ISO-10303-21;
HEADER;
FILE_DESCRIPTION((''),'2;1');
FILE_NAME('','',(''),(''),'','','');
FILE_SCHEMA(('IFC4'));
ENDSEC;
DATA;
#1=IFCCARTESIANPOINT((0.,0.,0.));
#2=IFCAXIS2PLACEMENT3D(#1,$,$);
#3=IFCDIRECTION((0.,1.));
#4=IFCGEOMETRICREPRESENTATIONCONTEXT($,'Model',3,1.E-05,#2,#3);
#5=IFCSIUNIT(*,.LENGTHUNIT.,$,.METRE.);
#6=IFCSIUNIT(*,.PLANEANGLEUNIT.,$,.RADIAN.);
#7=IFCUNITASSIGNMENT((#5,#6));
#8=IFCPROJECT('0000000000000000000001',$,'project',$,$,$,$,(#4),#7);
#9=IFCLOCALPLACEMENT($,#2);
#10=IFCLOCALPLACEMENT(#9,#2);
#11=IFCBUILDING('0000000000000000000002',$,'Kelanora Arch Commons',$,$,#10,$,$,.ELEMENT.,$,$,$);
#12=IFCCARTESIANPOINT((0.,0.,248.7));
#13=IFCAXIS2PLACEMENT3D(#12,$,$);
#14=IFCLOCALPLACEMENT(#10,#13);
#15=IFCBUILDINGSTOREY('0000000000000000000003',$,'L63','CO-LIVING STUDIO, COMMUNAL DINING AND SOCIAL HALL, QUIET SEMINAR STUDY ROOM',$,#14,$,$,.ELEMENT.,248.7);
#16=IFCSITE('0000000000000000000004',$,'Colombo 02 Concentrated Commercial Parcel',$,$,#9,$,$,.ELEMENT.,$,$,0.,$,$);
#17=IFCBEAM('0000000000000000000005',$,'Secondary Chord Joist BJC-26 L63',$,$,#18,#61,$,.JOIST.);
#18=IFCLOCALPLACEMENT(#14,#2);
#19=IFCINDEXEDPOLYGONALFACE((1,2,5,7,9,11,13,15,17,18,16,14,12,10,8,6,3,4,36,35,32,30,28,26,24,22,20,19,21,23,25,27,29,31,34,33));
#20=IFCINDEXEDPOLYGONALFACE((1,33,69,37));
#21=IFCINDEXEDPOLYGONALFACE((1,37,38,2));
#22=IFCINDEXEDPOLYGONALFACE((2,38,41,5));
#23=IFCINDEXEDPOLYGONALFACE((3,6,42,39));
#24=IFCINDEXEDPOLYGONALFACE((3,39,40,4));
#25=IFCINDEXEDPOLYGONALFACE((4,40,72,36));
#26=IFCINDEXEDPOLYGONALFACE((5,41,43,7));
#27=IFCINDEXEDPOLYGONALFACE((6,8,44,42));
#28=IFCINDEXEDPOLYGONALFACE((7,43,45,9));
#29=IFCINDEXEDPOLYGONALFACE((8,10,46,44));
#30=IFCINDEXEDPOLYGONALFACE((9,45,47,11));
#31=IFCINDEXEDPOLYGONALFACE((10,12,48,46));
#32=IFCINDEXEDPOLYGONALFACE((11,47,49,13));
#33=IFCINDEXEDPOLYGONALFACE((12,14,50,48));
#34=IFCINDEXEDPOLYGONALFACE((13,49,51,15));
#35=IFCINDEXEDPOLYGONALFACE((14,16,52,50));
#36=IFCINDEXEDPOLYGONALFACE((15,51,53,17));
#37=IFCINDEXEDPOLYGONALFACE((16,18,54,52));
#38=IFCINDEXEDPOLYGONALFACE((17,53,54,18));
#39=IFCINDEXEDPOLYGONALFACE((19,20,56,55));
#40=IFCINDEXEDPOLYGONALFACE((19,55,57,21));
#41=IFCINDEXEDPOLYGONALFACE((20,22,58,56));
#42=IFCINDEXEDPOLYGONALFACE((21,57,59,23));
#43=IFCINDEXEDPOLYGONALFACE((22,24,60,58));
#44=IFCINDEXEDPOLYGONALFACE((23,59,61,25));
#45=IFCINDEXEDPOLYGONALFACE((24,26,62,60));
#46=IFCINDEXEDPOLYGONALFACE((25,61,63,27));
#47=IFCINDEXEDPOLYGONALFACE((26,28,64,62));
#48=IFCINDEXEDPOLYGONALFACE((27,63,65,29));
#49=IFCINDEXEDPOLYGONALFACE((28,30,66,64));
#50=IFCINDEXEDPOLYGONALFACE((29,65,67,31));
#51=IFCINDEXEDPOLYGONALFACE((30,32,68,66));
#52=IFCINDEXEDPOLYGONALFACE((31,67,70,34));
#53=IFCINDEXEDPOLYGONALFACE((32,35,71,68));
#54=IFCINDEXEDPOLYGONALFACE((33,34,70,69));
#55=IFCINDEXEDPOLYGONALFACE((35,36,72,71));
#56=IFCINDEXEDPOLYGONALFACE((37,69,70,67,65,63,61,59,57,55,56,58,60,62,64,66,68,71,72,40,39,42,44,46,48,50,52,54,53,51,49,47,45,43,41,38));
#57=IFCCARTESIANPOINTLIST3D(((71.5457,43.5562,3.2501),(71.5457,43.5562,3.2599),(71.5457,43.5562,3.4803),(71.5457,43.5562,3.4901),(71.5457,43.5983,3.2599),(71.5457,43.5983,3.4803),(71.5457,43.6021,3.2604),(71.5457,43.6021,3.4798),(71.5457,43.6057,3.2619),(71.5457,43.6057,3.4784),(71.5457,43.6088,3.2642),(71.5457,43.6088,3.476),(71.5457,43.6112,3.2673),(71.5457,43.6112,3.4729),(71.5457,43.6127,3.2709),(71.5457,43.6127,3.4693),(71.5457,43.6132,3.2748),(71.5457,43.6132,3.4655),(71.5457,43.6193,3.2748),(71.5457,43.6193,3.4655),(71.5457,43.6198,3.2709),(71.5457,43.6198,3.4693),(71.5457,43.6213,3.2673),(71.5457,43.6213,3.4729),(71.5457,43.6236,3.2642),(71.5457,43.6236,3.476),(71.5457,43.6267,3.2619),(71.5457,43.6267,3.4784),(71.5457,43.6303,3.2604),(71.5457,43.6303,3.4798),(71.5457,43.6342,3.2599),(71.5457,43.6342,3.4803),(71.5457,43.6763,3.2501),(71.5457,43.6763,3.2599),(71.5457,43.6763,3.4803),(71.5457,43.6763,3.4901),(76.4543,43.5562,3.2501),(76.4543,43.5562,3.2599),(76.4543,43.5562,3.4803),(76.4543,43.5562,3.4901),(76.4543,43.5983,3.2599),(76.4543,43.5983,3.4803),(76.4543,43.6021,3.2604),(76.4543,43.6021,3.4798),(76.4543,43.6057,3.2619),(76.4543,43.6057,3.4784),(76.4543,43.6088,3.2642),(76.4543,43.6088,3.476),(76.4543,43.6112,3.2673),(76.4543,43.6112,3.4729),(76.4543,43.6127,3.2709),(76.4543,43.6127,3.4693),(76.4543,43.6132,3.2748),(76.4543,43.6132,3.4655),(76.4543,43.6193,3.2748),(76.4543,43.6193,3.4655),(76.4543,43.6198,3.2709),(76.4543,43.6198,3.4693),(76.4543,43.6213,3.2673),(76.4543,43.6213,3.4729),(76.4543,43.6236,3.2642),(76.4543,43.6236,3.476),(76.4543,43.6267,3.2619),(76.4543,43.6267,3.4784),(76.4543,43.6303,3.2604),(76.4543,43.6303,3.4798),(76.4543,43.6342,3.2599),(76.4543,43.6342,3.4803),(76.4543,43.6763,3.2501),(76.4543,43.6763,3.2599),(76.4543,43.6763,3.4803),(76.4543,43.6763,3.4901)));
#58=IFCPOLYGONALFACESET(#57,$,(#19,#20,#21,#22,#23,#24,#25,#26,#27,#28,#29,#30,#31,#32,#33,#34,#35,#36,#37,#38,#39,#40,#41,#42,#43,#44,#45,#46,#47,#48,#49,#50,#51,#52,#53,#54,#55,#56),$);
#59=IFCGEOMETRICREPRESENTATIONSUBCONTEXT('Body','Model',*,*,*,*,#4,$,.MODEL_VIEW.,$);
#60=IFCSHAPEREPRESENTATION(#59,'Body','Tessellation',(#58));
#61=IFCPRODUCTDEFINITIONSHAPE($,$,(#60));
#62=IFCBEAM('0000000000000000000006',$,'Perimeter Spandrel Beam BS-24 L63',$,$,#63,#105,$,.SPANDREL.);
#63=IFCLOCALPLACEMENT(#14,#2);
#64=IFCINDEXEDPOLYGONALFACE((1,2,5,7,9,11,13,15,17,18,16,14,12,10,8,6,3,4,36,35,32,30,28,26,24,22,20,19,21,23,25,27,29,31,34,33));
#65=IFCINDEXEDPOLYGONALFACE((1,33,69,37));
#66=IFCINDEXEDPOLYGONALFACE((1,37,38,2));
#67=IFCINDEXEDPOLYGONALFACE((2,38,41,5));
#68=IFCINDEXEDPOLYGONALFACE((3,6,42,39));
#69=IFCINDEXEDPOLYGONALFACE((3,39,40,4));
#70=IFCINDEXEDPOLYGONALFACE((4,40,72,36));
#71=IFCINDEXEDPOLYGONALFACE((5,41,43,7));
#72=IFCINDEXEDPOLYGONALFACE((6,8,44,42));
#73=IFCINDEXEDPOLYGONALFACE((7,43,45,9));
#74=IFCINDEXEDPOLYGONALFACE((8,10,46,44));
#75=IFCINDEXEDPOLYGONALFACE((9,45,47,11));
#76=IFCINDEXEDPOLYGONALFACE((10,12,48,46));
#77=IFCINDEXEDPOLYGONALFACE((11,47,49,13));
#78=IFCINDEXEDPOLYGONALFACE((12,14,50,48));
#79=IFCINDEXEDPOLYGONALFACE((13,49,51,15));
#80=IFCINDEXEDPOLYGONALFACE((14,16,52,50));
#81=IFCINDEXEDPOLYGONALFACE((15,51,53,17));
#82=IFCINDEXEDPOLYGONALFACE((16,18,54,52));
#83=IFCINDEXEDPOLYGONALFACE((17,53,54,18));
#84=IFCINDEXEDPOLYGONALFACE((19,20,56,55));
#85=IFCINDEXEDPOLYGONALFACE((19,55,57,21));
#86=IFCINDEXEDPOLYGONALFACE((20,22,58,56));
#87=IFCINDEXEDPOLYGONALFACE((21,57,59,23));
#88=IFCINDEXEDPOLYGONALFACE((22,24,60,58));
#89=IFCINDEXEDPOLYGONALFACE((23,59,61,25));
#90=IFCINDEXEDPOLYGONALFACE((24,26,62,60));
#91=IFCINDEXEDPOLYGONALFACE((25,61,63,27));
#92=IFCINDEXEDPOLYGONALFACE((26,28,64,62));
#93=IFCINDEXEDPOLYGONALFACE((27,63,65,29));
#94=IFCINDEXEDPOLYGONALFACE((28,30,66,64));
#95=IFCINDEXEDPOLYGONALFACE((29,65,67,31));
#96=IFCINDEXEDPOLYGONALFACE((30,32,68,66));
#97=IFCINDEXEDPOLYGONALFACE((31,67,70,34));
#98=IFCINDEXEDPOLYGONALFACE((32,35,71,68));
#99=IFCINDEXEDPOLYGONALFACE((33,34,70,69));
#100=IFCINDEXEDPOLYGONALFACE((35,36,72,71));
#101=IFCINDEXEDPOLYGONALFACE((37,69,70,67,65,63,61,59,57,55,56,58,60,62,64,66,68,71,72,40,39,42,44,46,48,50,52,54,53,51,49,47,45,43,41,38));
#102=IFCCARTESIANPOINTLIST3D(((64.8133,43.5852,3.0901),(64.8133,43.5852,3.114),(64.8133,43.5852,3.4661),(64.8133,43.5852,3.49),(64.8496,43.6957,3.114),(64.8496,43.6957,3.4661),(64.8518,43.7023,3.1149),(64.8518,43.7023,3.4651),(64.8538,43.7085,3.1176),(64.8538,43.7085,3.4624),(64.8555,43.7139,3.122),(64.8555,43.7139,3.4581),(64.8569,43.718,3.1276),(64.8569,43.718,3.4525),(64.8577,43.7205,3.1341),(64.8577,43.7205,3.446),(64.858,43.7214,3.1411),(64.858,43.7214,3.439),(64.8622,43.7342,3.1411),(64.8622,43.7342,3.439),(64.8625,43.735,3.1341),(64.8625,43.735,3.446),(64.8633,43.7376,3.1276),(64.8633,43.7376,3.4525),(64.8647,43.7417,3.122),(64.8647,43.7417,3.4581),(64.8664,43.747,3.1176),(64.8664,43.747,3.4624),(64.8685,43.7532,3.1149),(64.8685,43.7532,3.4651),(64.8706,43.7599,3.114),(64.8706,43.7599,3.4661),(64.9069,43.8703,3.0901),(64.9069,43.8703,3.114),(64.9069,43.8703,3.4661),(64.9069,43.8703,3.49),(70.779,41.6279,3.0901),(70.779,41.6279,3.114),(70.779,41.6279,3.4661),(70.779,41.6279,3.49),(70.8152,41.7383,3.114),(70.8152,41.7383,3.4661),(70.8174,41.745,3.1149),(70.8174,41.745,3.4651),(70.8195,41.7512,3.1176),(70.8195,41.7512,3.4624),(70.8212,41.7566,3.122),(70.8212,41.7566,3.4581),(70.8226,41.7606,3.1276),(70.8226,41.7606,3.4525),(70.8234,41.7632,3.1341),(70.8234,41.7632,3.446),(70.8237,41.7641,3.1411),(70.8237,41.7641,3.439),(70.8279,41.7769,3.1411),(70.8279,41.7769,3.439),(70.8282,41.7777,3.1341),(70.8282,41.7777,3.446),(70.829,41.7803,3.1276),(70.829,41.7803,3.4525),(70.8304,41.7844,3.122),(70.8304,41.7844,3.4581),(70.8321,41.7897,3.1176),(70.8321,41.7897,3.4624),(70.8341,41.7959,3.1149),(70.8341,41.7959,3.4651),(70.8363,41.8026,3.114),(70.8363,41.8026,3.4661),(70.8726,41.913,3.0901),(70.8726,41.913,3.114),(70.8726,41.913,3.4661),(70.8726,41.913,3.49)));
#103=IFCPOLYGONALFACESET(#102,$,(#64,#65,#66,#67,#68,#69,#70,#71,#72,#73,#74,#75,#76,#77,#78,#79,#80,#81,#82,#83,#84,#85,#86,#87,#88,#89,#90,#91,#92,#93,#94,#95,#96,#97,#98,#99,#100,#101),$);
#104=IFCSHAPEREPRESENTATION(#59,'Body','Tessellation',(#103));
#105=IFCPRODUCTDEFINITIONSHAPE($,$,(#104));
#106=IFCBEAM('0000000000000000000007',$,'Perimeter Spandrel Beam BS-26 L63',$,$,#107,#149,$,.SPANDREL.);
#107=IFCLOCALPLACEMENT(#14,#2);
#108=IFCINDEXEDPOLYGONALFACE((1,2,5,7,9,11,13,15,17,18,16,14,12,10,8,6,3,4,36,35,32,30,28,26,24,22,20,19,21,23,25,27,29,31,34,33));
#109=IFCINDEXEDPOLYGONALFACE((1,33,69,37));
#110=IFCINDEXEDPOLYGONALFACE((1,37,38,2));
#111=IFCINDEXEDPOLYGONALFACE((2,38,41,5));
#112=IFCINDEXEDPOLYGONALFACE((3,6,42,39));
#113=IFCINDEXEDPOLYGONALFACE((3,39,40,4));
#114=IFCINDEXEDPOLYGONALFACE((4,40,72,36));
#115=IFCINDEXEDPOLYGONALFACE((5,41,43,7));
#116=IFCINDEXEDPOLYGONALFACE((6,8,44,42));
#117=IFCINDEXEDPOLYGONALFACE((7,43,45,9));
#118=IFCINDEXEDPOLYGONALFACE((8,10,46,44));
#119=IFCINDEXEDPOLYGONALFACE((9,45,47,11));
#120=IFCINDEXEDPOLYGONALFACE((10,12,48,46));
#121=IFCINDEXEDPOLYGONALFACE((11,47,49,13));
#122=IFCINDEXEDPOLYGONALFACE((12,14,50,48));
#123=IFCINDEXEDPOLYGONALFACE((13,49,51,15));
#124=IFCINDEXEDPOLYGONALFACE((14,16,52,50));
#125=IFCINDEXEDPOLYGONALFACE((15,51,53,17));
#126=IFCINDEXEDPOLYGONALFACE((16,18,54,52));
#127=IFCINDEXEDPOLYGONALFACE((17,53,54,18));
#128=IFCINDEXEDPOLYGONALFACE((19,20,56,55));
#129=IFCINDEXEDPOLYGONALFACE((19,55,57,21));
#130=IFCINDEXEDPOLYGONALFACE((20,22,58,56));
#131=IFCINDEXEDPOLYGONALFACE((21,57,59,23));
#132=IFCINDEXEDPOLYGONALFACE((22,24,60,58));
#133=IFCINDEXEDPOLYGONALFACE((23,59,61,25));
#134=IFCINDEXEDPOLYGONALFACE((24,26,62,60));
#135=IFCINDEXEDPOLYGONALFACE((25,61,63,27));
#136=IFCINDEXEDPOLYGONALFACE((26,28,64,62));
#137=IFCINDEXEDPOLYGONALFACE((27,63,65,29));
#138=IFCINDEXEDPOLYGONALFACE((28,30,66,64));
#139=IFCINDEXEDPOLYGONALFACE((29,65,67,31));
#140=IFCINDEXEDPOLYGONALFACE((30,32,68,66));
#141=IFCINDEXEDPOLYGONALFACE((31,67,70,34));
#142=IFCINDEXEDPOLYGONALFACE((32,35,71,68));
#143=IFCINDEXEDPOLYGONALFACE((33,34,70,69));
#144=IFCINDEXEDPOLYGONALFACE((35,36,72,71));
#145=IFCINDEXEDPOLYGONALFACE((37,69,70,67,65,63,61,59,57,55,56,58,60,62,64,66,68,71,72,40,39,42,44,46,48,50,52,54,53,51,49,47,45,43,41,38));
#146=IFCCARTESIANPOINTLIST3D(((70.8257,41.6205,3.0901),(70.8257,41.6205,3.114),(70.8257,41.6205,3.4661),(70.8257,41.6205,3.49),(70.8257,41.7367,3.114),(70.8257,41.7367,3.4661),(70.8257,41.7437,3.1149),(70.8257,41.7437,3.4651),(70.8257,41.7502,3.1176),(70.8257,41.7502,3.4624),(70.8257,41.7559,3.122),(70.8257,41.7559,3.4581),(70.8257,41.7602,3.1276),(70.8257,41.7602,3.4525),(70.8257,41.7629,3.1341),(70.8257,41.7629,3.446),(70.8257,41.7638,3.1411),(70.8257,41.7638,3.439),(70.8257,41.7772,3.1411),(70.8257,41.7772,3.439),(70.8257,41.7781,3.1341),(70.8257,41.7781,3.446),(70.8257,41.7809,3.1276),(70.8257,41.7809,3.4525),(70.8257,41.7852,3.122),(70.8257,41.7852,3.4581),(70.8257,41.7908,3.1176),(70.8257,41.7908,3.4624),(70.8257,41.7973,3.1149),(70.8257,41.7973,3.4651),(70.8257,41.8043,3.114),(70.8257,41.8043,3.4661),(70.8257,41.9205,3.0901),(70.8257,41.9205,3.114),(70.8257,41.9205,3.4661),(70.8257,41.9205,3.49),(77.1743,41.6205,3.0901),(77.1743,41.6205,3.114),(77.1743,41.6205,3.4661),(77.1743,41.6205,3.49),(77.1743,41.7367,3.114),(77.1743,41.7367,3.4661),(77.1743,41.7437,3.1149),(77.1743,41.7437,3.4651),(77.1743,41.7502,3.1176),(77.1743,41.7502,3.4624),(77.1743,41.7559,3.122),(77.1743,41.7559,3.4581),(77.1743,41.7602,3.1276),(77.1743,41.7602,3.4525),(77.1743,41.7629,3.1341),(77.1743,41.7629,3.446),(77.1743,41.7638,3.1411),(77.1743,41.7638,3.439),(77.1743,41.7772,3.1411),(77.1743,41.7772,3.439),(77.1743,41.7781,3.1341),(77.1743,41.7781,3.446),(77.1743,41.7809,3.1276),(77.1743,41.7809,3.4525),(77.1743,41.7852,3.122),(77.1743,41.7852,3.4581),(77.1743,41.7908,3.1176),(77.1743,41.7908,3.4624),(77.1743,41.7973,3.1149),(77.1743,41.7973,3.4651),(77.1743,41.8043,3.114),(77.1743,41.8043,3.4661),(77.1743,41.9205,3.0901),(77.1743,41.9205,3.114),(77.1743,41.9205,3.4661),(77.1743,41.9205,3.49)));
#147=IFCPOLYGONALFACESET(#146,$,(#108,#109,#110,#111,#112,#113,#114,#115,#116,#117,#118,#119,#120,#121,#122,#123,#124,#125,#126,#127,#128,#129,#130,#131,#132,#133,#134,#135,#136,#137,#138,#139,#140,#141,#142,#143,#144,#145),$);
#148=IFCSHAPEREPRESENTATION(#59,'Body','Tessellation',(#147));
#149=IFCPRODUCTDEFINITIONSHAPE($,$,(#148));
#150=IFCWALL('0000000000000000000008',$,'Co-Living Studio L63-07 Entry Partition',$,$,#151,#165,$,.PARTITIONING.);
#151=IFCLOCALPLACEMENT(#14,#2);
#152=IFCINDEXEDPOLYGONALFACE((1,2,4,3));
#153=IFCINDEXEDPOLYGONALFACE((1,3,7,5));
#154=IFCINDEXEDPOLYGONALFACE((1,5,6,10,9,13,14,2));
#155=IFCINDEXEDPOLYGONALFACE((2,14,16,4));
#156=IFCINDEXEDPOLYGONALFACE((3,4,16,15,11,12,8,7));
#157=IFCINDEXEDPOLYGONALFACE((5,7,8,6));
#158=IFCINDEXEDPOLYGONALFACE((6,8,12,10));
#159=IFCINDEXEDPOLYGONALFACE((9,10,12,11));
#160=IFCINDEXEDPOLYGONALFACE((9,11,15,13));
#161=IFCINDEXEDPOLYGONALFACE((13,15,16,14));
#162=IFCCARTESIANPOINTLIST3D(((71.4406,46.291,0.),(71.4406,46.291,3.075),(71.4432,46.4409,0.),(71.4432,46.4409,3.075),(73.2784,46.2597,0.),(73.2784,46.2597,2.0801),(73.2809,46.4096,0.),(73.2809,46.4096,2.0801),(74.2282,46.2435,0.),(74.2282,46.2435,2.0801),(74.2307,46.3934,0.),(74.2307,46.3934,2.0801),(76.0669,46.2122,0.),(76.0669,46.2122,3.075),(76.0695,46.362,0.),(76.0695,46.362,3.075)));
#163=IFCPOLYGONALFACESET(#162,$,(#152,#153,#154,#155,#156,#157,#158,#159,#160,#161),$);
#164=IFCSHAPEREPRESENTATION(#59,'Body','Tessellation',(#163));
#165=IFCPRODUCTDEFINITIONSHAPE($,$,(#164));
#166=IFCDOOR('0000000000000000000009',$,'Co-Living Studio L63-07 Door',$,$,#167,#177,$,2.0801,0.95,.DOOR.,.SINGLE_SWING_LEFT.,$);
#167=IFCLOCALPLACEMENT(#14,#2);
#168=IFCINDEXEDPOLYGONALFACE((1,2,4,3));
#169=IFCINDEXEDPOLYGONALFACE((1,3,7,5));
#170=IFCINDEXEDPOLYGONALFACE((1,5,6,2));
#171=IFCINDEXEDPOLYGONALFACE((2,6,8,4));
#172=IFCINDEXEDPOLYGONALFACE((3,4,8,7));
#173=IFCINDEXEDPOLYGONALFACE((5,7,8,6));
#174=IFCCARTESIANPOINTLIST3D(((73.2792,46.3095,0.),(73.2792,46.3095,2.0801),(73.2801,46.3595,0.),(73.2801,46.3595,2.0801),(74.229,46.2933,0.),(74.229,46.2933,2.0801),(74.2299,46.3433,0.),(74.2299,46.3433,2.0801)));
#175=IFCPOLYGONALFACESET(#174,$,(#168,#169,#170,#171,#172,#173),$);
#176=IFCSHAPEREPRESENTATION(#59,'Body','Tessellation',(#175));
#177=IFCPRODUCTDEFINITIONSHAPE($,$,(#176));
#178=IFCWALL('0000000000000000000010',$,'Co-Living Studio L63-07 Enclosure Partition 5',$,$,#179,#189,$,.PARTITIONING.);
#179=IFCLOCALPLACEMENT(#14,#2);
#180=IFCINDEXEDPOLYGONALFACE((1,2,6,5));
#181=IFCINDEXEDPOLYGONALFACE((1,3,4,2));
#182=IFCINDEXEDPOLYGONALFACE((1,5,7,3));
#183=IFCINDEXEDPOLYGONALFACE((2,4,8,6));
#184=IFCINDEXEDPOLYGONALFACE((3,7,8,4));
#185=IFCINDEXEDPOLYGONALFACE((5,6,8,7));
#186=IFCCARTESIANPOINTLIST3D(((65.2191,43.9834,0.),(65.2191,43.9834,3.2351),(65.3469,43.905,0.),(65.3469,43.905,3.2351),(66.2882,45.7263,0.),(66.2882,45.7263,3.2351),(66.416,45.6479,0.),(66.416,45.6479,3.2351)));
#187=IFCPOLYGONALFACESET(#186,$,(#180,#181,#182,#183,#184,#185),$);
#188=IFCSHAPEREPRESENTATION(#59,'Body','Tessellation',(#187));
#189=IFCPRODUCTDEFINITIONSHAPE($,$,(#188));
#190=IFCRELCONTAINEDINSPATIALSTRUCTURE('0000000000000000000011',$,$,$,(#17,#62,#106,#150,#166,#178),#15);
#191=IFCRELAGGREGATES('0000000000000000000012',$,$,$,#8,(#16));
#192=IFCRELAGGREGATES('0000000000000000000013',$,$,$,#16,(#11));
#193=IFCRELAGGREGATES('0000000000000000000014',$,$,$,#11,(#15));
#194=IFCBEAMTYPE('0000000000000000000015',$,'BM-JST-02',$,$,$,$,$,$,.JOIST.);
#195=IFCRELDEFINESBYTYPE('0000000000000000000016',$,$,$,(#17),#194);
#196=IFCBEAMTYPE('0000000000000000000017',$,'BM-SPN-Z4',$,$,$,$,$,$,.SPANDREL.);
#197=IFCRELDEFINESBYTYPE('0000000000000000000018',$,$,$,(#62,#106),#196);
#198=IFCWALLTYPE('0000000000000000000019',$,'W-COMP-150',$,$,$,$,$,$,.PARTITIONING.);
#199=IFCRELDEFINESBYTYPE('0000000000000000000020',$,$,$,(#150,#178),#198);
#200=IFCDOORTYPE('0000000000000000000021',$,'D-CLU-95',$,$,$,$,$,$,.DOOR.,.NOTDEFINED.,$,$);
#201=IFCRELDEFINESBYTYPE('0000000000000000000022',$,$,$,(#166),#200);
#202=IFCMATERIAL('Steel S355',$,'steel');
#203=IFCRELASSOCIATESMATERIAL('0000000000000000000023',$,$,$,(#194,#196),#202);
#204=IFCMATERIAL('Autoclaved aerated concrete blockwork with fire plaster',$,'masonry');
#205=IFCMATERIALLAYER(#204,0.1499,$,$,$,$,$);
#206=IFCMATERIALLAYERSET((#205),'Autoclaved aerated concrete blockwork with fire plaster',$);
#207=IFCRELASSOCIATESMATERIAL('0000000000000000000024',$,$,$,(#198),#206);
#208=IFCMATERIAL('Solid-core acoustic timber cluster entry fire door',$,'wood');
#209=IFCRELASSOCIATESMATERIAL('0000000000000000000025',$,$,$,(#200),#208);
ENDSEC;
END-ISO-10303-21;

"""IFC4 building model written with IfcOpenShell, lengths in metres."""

from ifc_helpers import new_model, si_unit, direction, frame, frame_2d, origin, origin_2d, place, context, subcontext, project, spatial, rectangle, i_section, extrude, material, layer, layer_set, material_profile, profile_set, type_object, element, fill, save


model = new_model("IFC4")

# Units and contexts
model_context = context("Model", 3, precision=1e-05, world=origin(), true_north=direction((0.0, 1.0)))
body_context = subcontext(model_context, "Body", "Model", "MODEL_VIEW")
ifc_project = project(units=[si_unit("LENGTHUNIT", "METRE"), si_unit("PLANEANGLEUNIT", "RADIAN")], contexts=[model_context])

# Site, building, storey
site_placement = place(None, origin())
site = spatial("IfcSite", under=ifc_project, at=site_placement, Name="Colombo 02 Concentrated Commercial Parcel", CompositionType="ELEMENT", RefElevation=0.0)
building_placement = place(site_placement, origin())
building = spatial("IfcBuilding", under=site, at=building_placement, Name="Kelanora Arch Commons", CompositionType="ELEMENT")
storey_placement = place(building_placement, frame((0.0, 0.0, 248.7)))
storey = spatial("IfcBuildingStorey", under=building, at=storey_placement, Name="L63", Description="CO-LIVING STUDIO, COMMUNAL DINING AND SOCIAL HALL, QUIET SEMINAR STUDY ROOM", CompositionType="ELEMENT", Elevation=248.7)

# Beams
ifc_material_1 = material(Name="Steel S355", Category="steel")
ifc_material_profile_1 = material_profile(ifc_material_1, i_section(OverallWidth=0.1201, OverallDepth=0.24, WebThickness=0.0061, FlangeThickness=0.0098, FilletRadius=0.0149, at=origin_2d()), Name="IPE240")
ifc_profile_set_1 = profile_set([ifc_material_profile_1], Name="Steel S355")
beam_type_1 = type_object("IfcBeamType", Name="BM-JST-02", PredefinedType="JOIST", material=ifc_profile_set_1)
beam_1_placement = place(storey_placement, frame((71.5457, 43.6162, 3.3701), z_axis=(1.0, 0.0, 0.0), x_axis=(0.0, 1.0, 0.0)))
element("IfcBeam", 1, at=beam_1_placement, inside=storey, type_object=beam_type_1, Name="Secondary Chord Joist BJC-26 L63", PredefinedType="JOIST", context=body_context, shape_type="SweptSolid", body=[
    extrude(i_section(OverallWidth=0.1201, OverallDepth=0.24, WebThickness=0.0061, FlangeThickness=0.0098, FilletRadius=0.0149, at=origin_2d()), origin(), (0.0, 0.0, 1.0), 4.9087),
])
ifc_material_profile_2 = material_profile(ifc_material_1, i_section(OverallWidth=0.3, OverallDepth=0.3999, WebThickness=0.0134, FlangeThickness=0.0239, FilletRadius=0.0271, at=origin_2d()), Name="HEB400")
ifc_profile_set_2 = profile_set([ifc_material_profile_2], Name="Steel S355")
beam_type_2 = type_object("IfcBeamType", Name="BM-SPN-Z4", PredefinedType="SPANDREL", material=ifc_profile_set_2)
beam_2_placement = place(storey_placement, frame((64.8601, 43.7278, 3.29), z_axis=(0.950166, -0.311745, 0.0), x_axis=(0.311745, 0.950166, 0.0)))
element("IfcBeam", 2, at=beam_2_placement, inside=storey, type_object=beam_type_2, Name="Perimeter Spandrel Beam BS-24 L63", PredefinedType="SPANDREL", context=body_context, shape_type="SweptSolid", body=[
    extrude(i_section(OverallWidth=0.3, OverallDepth=0.3999, WebThickness=0.0134, FlangeThickness=0.0239, FilletRadius=0.0271, at=origin_2d()), origin(), (0.0, 0.0, 1.0), 6.2786),
])
beam_3_placement = place(storey_placement, frame((70.8257, 41.7705, 3.29), z_axis=(1.0, 0.0, 0.0), x_axis=(0.0, 1.0, 0.0)))
element("IfcBeam", 3, at=beam_3_placement, inside=storey, type_object=beam_type_2, Name="Perimeter Spandrel Beam BS-26 L63", PredefinedType="SPANDREL", context=body_context, shape_type="SweptSolid", body=[
    extrude(i_section(OverallWidth=0.3, OverallDepth=0.3999, WebThickness=0.0134, FlangeThickness=0.0239, FilletRadius=0.0271, at=origin_2d()), origin(), (0.0, 0.0, 1.0), 6.3486),
])

# Wall, opening, door
ifc_material_2 = material(Name="Autoclaved aerated concrete blockwork with fire plaster", Category="masonry")
ifc_layer_1 = layer(ifc_material_2, 0.1499)
ifc_layer_set_1 = layer_set([ifc_layer_1], Name="Autoclaved aerated concrete blockwork with fire plaster")
wall_type_1 = type_object("IfcWallType", Name="W-COMP-150", PredefinedType="PARTITIONING", material=ifc_layer_set_1)
wall_1_placement = place(storey_placement, frame((71.4419, 46.366, 0.0), z_axis=(0.0, 0.0, 1.0), x_axis=(0.999855, -0.017043, 0.0)))
wall_1 = element("IfcWall", 4, at=wall_1_placement, inside=storey, type_object=wall_type_1, Name="Co-Living Studio L63-07 Entry Partition", PredefinedType="PARTITIONING", context=body_context, shape_type="SweptSolid", body=[
    extrude(rectangle(XDim=4.627, YDim=0.1499, at=frame_2d((2.3135, 0.0))), origin(), (0.0, 0.0, 1.0), 3.075),
])
opening_1_placement = place(wall_1_placement, frame((1.8379, 0.0, 0.0)))
opening_1 = element("IfcOpeningElement", 5, at=opening_1_placement, cuts=wall_1, PredefinedType="OPENING", context=body_context, shape_type="SweptSolid", body=[
    extrude(rectangle(XDim=0.95, YDim=2.0801, at=frame_2d((0.4751, 1.04))), frame((0.0, 0.085, 0.0), z_axis=(0.0, -1.0, 0.0), x_axis=(1.0, 0.0, 0.0)), (0.0, 0.0, 1.0), 0.1699),
])
ifc_material_3 = material(Name="Solid-core acoustic timber cluster entry fire door", Category="wood")
door_type_1 = type_object("IfcDoorType", Name="D-CLU-95", OperationType="NOTDEFINED", PredefinedType="DOOR", material=ifc_material_3)
door_1_placement = place(opening_1_placement, origin())
door_1 = element("IfcDoor", 6, at=door_1_placement, inside=storey, type_object=door_type_1, Name="Co-Living Studio L63-07 Door", OperationType="SINGLE_SWING_LEFT", OverallHeight=2.0801, OverallWidth=0.95, PredefinedType="DOOR", context=body_context, shape_type="SweptSolid", body=[
    extrude(rectangle(XDim=0.95, YDim=2.0801, at=frame_2d((0.4751, 1.04))), frame((0.0, 0.0249, 0.0), z_axis=(0.0, -1.0, 0.0), x_axis=(1.0, 0.0, 0.0)), (0.0, 0.0, 1.0), 0.05),
])
fill(opening_1, door_1)

# Wall
wall_2_placement = place(storey_placement, frame((65.283, 43.9441, 0.0), z_axis=(0.0, 0.0, 1.0), x_axis=(0.522864, 0.852416, 0.0)))
element("IfcWall", 7, at=wall_2_placement, inside=storey, type_object=wall_type_1, Name="Co-Living Studio L63-07 Enclosure Partition 5", PredefinedType="PARTITIONING", context=body_context, shape_type="SweptSolid", body=[
    extrude(rectangle(XDim=2.0447, YDim=0.1499, at=frame_2d((1.0225, 0.0))), origin(), (0.0, 0.0, 1.0), 3.2351),
])

save(model, "model.ifc")
